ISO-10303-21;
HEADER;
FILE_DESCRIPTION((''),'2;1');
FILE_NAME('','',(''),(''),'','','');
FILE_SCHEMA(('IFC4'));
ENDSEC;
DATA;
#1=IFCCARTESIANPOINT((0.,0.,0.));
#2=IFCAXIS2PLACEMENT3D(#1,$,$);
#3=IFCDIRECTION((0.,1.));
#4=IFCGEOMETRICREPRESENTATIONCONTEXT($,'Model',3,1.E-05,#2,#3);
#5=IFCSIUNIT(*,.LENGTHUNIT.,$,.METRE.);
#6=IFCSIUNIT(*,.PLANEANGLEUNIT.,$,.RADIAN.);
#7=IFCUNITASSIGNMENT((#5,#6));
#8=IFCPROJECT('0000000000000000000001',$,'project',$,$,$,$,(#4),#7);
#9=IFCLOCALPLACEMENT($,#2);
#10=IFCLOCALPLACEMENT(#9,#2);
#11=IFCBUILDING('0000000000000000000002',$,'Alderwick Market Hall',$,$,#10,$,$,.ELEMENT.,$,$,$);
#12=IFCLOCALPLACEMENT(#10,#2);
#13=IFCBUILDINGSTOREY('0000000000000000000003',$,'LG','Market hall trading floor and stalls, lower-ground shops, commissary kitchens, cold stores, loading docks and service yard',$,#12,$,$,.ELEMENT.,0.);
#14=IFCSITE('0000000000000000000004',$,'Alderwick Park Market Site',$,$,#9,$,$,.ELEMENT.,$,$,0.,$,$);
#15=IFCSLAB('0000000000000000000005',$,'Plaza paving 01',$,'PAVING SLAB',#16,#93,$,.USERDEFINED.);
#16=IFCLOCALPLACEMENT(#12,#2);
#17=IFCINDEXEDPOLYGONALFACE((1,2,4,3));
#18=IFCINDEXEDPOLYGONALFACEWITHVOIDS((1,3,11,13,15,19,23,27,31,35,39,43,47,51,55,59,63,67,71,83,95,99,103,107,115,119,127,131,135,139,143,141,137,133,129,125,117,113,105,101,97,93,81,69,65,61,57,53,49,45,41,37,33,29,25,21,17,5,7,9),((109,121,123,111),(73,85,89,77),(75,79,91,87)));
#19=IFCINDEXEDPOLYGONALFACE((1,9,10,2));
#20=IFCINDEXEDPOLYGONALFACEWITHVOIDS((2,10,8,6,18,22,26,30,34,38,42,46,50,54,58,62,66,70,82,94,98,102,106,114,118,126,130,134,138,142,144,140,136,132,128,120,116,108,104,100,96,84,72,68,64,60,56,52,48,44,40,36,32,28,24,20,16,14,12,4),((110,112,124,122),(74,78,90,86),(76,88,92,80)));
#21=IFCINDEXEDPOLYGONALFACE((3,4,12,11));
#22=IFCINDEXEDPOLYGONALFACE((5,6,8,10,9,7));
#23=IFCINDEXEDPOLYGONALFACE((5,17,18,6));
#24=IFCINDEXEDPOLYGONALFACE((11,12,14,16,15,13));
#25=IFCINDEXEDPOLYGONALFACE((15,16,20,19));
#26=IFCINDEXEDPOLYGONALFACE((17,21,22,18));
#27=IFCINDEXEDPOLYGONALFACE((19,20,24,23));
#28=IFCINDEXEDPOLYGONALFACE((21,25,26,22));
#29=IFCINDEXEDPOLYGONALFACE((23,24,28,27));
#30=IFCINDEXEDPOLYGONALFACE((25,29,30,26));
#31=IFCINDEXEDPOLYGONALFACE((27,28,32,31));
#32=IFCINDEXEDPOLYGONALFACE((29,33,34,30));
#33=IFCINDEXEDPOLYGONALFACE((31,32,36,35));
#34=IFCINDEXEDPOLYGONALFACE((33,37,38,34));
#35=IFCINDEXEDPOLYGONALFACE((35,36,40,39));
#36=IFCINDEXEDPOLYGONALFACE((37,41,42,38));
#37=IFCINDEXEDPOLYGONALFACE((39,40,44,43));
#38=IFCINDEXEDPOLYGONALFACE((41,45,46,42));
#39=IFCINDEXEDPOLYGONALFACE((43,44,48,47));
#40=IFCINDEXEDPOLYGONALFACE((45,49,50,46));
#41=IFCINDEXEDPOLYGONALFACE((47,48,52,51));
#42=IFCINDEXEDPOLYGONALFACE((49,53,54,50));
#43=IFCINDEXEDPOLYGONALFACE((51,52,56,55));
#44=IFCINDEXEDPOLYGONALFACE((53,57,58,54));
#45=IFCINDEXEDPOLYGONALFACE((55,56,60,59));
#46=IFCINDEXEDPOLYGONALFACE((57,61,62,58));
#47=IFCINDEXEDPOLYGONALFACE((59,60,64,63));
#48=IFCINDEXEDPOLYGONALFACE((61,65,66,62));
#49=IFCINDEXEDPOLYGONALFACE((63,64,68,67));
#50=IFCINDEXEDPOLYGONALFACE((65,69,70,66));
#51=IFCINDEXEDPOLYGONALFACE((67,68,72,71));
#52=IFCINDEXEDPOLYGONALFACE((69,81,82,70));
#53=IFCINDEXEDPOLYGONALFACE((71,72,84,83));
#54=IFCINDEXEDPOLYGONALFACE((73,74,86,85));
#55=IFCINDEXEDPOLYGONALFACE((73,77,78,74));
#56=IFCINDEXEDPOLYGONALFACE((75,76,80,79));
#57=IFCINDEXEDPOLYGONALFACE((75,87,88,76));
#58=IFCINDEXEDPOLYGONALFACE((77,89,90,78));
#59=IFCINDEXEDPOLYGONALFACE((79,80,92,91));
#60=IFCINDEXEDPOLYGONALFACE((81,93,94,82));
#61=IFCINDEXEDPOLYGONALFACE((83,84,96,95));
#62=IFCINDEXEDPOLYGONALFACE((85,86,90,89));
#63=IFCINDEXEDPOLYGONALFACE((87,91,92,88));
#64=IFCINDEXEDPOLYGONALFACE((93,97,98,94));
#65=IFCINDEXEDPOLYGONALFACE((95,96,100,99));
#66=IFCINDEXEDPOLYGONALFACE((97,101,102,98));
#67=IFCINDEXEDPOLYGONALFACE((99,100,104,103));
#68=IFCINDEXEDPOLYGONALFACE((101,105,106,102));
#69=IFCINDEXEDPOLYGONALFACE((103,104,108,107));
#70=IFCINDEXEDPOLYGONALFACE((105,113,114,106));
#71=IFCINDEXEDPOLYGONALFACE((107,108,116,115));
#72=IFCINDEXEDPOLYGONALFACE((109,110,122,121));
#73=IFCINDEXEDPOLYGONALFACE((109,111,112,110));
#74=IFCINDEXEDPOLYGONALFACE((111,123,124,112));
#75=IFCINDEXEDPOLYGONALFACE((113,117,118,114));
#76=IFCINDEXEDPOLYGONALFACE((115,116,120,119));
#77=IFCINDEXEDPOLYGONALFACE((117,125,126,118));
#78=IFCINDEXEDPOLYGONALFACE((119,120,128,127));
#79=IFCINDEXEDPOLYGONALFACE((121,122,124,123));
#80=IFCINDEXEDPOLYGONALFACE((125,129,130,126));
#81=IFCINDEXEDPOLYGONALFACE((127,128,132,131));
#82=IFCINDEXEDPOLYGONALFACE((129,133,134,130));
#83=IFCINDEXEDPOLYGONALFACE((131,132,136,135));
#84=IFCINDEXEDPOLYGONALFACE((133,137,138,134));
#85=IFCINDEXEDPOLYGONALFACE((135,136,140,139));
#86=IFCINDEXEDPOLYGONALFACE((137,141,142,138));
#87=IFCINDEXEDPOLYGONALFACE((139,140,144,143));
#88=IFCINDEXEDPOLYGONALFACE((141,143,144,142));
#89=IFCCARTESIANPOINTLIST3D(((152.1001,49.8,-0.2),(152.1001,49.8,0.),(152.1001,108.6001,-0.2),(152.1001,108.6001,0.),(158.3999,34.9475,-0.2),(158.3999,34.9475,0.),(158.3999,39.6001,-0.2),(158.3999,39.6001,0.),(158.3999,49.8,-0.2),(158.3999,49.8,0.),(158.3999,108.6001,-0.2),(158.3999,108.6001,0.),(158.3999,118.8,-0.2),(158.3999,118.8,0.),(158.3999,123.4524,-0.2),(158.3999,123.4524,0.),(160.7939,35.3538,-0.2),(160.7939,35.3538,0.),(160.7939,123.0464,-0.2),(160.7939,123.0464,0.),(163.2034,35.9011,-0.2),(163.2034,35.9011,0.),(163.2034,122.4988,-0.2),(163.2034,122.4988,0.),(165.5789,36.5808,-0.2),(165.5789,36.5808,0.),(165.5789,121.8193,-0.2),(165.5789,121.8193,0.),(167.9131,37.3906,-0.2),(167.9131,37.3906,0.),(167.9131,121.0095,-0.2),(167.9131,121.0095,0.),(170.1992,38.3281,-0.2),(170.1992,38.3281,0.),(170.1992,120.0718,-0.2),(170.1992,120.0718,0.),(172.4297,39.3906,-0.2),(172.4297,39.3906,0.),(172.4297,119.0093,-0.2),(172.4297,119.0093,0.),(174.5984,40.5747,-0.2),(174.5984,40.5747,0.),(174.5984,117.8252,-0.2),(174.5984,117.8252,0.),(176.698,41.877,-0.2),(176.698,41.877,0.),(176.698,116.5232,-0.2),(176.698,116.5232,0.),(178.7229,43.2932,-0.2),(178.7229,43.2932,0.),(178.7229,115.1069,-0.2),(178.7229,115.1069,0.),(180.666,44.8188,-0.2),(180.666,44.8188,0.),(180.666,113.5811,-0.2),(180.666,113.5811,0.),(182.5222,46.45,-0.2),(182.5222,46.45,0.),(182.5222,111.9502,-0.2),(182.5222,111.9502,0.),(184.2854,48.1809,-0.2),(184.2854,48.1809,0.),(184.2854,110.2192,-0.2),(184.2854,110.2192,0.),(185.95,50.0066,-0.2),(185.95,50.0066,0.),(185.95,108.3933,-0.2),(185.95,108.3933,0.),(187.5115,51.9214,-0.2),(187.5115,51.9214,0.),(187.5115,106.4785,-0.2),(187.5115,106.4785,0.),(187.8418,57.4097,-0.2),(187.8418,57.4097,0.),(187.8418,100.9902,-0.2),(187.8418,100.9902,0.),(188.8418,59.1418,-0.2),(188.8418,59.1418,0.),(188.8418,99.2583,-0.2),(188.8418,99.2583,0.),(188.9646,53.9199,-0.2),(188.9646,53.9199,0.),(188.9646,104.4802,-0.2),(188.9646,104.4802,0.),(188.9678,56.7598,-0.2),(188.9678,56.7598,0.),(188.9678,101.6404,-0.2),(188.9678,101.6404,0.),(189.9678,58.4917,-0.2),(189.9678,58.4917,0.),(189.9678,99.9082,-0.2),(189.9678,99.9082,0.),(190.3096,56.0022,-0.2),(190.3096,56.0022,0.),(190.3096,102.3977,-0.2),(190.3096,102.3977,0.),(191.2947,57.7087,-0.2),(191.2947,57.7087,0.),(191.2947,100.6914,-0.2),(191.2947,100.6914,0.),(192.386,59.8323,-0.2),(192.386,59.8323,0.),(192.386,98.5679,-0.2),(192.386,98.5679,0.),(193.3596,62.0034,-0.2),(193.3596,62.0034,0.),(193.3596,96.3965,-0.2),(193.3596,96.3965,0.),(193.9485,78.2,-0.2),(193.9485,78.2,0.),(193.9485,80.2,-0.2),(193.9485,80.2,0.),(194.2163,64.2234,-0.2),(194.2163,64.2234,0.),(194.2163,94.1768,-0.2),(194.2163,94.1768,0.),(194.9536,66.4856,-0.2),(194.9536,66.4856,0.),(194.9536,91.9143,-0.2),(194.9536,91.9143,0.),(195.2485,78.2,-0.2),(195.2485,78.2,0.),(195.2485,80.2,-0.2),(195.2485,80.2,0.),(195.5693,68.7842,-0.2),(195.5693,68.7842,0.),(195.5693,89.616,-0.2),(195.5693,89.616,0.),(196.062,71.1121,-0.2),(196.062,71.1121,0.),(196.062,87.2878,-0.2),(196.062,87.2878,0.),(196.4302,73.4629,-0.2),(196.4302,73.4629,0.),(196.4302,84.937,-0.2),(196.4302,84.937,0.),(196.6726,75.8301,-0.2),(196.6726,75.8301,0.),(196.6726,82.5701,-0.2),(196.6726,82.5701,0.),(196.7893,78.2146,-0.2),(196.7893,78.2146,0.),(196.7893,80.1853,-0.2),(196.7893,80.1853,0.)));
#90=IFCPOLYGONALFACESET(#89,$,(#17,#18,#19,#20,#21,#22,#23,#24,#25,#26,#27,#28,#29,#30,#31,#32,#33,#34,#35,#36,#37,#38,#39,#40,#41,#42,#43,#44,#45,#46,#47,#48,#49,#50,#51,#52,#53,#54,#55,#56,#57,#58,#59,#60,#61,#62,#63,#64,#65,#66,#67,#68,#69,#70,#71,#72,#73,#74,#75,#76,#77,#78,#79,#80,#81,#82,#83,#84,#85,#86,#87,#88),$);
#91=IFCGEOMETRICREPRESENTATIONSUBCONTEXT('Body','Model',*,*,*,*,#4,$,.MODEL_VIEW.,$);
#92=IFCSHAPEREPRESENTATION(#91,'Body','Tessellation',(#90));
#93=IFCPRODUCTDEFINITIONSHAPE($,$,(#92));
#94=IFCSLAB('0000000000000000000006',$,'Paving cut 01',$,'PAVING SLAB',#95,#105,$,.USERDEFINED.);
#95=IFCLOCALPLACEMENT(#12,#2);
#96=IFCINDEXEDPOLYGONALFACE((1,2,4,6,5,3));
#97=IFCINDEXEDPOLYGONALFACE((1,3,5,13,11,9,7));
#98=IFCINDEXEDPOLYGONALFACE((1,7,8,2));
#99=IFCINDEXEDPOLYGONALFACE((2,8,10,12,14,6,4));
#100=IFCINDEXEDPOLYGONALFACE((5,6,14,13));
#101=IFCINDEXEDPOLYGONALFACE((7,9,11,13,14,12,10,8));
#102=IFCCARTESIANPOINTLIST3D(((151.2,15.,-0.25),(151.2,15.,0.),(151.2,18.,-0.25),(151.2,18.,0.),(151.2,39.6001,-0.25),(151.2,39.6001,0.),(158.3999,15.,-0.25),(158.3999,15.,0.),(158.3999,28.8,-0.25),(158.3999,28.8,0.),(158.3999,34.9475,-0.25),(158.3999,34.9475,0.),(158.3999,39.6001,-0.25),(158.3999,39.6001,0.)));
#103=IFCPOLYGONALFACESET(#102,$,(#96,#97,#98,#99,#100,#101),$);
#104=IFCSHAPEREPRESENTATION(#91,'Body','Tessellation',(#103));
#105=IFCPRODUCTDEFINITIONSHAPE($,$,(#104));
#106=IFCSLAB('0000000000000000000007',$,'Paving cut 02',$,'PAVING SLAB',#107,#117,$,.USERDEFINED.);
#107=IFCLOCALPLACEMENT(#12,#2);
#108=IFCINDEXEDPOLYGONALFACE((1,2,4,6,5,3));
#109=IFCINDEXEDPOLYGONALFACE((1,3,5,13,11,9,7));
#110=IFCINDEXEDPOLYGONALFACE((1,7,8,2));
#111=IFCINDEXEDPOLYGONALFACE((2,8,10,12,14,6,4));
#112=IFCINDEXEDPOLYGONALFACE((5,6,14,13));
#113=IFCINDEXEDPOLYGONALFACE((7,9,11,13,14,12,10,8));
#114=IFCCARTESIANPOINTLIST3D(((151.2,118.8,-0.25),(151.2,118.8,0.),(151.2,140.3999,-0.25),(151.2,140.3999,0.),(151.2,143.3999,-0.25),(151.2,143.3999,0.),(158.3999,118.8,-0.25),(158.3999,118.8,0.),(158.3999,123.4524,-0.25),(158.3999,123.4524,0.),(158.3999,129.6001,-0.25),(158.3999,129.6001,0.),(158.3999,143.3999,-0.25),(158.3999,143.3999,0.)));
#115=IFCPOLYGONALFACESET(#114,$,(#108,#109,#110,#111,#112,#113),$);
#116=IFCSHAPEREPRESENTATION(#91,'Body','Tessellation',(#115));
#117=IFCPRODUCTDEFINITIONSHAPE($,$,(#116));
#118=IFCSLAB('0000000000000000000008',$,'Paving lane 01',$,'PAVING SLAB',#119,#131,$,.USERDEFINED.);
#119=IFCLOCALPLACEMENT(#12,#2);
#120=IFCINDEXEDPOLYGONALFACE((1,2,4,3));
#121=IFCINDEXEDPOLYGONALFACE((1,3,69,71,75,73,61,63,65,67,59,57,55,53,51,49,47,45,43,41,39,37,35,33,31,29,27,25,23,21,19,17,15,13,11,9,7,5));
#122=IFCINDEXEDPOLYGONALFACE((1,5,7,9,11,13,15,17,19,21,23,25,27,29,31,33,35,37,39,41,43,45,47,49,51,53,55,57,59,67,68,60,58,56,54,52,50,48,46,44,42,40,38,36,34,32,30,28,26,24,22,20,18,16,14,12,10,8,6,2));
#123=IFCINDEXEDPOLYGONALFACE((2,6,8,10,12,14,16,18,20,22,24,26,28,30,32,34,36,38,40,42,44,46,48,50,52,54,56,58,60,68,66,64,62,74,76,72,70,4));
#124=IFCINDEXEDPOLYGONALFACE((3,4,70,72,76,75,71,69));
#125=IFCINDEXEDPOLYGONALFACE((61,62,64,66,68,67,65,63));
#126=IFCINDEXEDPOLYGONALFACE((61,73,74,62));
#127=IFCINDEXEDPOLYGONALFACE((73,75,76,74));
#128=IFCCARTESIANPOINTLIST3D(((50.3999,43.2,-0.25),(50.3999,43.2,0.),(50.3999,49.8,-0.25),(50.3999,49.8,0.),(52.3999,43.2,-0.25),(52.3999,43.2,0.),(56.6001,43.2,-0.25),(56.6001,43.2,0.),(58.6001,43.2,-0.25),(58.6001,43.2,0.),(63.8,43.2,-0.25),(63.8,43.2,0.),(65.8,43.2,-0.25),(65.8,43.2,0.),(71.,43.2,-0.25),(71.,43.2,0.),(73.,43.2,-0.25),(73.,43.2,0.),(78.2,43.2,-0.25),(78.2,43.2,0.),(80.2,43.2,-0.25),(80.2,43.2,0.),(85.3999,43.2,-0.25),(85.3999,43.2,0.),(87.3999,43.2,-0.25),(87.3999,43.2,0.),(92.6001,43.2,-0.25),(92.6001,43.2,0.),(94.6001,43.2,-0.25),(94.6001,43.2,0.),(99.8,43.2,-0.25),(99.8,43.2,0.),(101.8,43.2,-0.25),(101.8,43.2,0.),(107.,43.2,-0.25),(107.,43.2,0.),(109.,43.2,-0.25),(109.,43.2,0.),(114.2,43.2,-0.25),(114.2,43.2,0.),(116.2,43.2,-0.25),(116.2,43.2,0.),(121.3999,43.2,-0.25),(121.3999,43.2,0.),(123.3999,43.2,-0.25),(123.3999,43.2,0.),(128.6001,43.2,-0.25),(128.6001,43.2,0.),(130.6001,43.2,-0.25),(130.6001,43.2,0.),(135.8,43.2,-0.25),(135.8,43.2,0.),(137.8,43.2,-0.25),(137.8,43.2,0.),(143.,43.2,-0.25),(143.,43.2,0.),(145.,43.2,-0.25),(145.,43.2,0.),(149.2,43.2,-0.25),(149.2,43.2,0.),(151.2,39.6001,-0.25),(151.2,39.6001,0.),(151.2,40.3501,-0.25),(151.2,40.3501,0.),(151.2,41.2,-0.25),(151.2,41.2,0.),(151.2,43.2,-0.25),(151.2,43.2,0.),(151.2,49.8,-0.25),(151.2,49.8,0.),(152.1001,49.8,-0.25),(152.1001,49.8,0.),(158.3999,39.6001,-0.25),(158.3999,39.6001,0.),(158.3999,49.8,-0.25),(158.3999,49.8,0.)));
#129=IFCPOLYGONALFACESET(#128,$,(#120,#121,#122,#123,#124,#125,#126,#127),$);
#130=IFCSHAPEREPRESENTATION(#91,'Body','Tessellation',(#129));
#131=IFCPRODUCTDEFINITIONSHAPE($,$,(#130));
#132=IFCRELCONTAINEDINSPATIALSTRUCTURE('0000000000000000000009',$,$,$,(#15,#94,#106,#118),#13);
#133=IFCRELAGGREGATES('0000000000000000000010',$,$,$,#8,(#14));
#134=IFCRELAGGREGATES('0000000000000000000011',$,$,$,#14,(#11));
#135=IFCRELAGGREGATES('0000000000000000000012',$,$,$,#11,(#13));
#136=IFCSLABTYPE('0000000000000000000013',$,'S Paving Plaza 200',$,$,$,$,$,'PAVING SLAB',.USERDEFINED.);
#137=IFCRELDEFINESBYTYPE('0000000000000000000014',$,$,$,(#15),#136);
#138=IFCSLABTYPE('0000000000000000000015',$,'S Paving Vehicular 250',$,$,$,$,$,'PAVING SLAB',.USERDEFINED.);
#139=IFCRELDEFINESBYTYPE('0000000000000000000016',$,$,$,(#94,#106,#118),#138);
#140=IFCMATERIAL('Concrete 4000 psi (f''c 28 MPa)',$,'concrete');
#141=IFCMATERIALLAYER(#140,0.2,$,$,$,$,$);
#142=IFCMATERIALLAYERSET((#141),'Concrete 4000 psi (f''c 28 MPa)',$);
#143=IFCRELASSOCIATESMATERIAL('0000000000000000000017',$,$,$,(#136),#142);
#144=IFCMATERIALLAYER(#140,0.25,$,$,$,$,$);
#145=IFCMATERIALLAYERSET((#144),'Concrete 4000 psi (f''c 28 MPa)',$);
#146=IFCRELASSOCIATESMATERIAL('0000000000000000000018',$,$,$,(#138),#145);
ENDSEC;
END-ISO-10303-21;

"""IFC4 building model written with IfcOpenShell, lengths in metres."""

from ifc_helpers import new_model, si_unit, direction, frame, origin, place, context, subcontext, project, spatial, polyline, outline, extrude, material, layer, layer_set, type_object, element, save


model = new_model("IFC4")

# Units and contexts
model_context = context("Model", 3, precision=1e-05, world=origin(), true_north=direction((0.0, 1.0)))
body_context = subcontext(model_context, "Body", "Model", "MODEL_VIEW")
ifc_project = project(units=[si_unit("LENGTHUNIT", "METRE"), si_unit("PLANEANGLEUNIT", "RADIAN")], contexts=[model_context])

# Site, building, storey
site_placement = place(None, origin())
site = spatial("IfcSite", under=ifc_project, at=site_placement, Name="Alderwick Park Market Site", CompositionType="ELEMENT", RefElevation=0.0)
building_placement = place(site_placement, origin())
building = spatial("IfcBuilding", under=site, at=building_placement, Name="Alderwick Market Hall", CompositionType="ELEMENT")
storey_placement = place(building_placement, origin())
storey = spatial("IfcBuildingStorey", under=building, at=storey_placement, Name="LG", Description="Market hall trading floor and stalls, lower-ground shops, commissary kitchens, cold stores, loading docks and service yard", CompositionType="ELEMENT", Elevation=0.0)

# Shared definitions
ifc_material_1 = material(Name="Concrete 4000 psi (f'c 28 MPa)", Category="concrete")

# Slabs
ifc_layer_1 = layer(ifc_material_1, 0.2)
ifc_layer_set_1 = layer_set([ifc_layer_1], Name="Concrete 4000 psi (f'c 28 MPa)")
slab_type_1 = type_object("IfcSlabType", Name="S Paving Plaza 200", ElementType="PAVING SLAB", PredefinedType="USERDEFINED", material=ifc_layer_set_1)
slab_1_placement = place(storey_placement, frame((0.0, 0.0, -0.2)))
element("IfcSlab", 1, at=slab_1_placement, inside=storey, type_object=slab_type_1, Name="Plaza paving 01", ObjectType="PAVING SLAB", PredefinedType="USERDEFINED", context=body_context, shape_type="SweptSolid", body=[
    extrude(outline(polyline([(163.2034, 122.4988), (160.7939, 123.0464), (158.3999, 123.4524), (158.3999, 118.8), (158.3999, 108.6001), (152.1001, 108.6001), (152.1001, 49.8), (158.3999, 49.8), (158.3999, 39.6001), (158.3999, 34.9475), (160.7939, 35.3538), (163.2034, 35.9011), (165.5789, 36.5808), (167.9131, 37.3906), (170.1992, 38.3281), (172.4297, 39.3906), (174.5984, 40.5747), (176.698, 41.877), (178.7229, 43.2932), (180.666, 44.8188), (182.5222, 46.45), (184.2854, 48.1809), (185.95, 50.0066), (187.5115, 51.9214), (188.9646, 53.9199), (190.3096, 56.0022), (191.2947, 57.7087), (192.386, 59.8323), (193.3596, 62.0034), (194.2163, 64.2234), (194.9536, 66.4856), (195.5693, 68.7842), (196.062, 71.1121), (196.4302, 73.4629), (196.6726, 75.8301), (196.7893, 78.2146), (196.7893, 80.1853), (196.6726, 82.5701), (196.4302, 84.937), (196.062, 87.2878), (195.5693, 89.616), (194.9536, 91.9143), (194.2163, 94.1768), (193.3596, 96.3965), (192.386, 98.5679), (191.2947, 100.6914), (190.3096, 102.3977), (188.9646, 104.4802), (187.5115, 106.4785), (185.95, 108.3933), (184.2854, 110.2192), (182.5222, 111.9502), (180.666, 113.5811), (178.7229, 115.1069), (176.698, 116.5232), (174.5984, 117.8252), (172.4297, 119.0093), (170.1992, 120.0718), (167.9131, 121.0095), (165.5789, 121.8193), (163.2034, 122.4988)]), holes=[polyline([(195.2485, 80.2), (193.9485, 80.2), (193.9485, 78.2), (195.2485, 78.2), (195.2485, 80.2)]), polyline([(188.8418, 59.1418), (187.8418, 57.4097), (188.9678, 56.7598), (189.9678, 58.4917), (188.8418, 59.1418)]), polyline([(188.9678, 101.6404), (187.8418, 100.9902), (188.8418, 99.2583), (189.9678, 99.9082), (188.9678, 101.6404)])]), origin(), (0.0, 0.0, 1.0), 0.2),
])
ifc_layer_2 = layer(ifc_material_1, 0.25)
ifc_layer_set_2 = layer_set([ifc_layer_2], Name="Concrete 4000 psi (f'c 28 MPa)")
slab_type_2 = type_object("IfcSlabType", Name="S Paving Vehicular 250", ElementType="PAVING SLAB", PredefinedType="USERDEFINED", material=ifc_layer_set_2)
slab_2_placement = place(storey_placement, frame((0.0, 0.0, -0.25)))
element("IfcSlab", 2, at=slab_2_placement, inside=storey, type_object=slab_type_2, Name="Paving cut 01", ObjectType="PAVING SLAB", PredefinedType="USERDEFINED", context=body_context, shape_type="SweptSolid", body=[
    extrude(outline(polyline([(151.2, 18.0), (151.2, 15.0), (158.3999, 15.0), (158.3999, 28.8), (158.3999, 34.9475), (158.3999, 39.6001), (151.2, 39.6001), (151.2, 18.0)])), origin(), (0.0, 0.0, 1.0), 0.25),
])
slab_3_placement = place(storey_placement, frame((0.0, 0.0, -0.25)))
element("IfcSlab", 3, at=slab_3_placement, inside=storey, type_object=slab_type_2, Name="Paving cut 02", ObjectType="PAVING SLAB", PredefinedType="USERDEFINED", context=body_context, shape_type="SweptSolid", body=[
    extrude(outline(polyline([(151.2, 140.3999), (151.2, 118.8), (158.3999, 118.8), (158.3999, 123.4524), (158.3999, 129.6001), (158.3999, 143.3999), (151.2, 143.3999), (151.2, 140.3999)])), origin(), (0.0, 0.0, 1.0), 0.25),
])
slab_4_placement = place(storey_placement, frame((0.0, 0.0, -0.25)))
element("IfcSlab", 4, at=slab_4_placement, inside=storey, type_object=slab_type_2, Name="Paving lane 01", ObjectType="PAVING SLAB", PredefinedType="USERDEFINED", context=body_context, shape_type="SweptSolid", body=[
    extrude(outline(polyline([(151.2, 43.2), (151.2, 41.2), (151.2, 40.3501), (151.2, 39.6001), (158.3999, 39.6001), (158.3999, 49.8), (152.1001, 49.8), (151.2, 49.8), (50.3999, 49.8), (50.3999, 43.2), (52.3999, 43.2), (56.6001, 43.2), (58.6001, 43.2), (63.8, 43.2), (65.8, 43.2), (71.0, 43.2), (73.0, 43.2), (78.2, 43.2), (80.2, 43.2), (85.3999, 43.2), (87.3999, 43.2), (92.6001, 43.2), (94.6001, 43.2), (99.8, 43.2), (101.8, 43.2), (107.0, 43.2), (109.0, 43.2), (114.2, 43.2), (116.2, 43.2), (121.3999, 43.2), (123.3999, 43.2), (128.6001, 43.2), (130.6001, 43.2), (135.8, 43.2), (137.8, 43.2), (143.0, 43.2), (145.0, 43.2), (149.2, 43.2), (151.2, 43.2)])), origin(), (0.0, 0.0, 1.0), 0.25),
])

save(model, "model.ifc")
